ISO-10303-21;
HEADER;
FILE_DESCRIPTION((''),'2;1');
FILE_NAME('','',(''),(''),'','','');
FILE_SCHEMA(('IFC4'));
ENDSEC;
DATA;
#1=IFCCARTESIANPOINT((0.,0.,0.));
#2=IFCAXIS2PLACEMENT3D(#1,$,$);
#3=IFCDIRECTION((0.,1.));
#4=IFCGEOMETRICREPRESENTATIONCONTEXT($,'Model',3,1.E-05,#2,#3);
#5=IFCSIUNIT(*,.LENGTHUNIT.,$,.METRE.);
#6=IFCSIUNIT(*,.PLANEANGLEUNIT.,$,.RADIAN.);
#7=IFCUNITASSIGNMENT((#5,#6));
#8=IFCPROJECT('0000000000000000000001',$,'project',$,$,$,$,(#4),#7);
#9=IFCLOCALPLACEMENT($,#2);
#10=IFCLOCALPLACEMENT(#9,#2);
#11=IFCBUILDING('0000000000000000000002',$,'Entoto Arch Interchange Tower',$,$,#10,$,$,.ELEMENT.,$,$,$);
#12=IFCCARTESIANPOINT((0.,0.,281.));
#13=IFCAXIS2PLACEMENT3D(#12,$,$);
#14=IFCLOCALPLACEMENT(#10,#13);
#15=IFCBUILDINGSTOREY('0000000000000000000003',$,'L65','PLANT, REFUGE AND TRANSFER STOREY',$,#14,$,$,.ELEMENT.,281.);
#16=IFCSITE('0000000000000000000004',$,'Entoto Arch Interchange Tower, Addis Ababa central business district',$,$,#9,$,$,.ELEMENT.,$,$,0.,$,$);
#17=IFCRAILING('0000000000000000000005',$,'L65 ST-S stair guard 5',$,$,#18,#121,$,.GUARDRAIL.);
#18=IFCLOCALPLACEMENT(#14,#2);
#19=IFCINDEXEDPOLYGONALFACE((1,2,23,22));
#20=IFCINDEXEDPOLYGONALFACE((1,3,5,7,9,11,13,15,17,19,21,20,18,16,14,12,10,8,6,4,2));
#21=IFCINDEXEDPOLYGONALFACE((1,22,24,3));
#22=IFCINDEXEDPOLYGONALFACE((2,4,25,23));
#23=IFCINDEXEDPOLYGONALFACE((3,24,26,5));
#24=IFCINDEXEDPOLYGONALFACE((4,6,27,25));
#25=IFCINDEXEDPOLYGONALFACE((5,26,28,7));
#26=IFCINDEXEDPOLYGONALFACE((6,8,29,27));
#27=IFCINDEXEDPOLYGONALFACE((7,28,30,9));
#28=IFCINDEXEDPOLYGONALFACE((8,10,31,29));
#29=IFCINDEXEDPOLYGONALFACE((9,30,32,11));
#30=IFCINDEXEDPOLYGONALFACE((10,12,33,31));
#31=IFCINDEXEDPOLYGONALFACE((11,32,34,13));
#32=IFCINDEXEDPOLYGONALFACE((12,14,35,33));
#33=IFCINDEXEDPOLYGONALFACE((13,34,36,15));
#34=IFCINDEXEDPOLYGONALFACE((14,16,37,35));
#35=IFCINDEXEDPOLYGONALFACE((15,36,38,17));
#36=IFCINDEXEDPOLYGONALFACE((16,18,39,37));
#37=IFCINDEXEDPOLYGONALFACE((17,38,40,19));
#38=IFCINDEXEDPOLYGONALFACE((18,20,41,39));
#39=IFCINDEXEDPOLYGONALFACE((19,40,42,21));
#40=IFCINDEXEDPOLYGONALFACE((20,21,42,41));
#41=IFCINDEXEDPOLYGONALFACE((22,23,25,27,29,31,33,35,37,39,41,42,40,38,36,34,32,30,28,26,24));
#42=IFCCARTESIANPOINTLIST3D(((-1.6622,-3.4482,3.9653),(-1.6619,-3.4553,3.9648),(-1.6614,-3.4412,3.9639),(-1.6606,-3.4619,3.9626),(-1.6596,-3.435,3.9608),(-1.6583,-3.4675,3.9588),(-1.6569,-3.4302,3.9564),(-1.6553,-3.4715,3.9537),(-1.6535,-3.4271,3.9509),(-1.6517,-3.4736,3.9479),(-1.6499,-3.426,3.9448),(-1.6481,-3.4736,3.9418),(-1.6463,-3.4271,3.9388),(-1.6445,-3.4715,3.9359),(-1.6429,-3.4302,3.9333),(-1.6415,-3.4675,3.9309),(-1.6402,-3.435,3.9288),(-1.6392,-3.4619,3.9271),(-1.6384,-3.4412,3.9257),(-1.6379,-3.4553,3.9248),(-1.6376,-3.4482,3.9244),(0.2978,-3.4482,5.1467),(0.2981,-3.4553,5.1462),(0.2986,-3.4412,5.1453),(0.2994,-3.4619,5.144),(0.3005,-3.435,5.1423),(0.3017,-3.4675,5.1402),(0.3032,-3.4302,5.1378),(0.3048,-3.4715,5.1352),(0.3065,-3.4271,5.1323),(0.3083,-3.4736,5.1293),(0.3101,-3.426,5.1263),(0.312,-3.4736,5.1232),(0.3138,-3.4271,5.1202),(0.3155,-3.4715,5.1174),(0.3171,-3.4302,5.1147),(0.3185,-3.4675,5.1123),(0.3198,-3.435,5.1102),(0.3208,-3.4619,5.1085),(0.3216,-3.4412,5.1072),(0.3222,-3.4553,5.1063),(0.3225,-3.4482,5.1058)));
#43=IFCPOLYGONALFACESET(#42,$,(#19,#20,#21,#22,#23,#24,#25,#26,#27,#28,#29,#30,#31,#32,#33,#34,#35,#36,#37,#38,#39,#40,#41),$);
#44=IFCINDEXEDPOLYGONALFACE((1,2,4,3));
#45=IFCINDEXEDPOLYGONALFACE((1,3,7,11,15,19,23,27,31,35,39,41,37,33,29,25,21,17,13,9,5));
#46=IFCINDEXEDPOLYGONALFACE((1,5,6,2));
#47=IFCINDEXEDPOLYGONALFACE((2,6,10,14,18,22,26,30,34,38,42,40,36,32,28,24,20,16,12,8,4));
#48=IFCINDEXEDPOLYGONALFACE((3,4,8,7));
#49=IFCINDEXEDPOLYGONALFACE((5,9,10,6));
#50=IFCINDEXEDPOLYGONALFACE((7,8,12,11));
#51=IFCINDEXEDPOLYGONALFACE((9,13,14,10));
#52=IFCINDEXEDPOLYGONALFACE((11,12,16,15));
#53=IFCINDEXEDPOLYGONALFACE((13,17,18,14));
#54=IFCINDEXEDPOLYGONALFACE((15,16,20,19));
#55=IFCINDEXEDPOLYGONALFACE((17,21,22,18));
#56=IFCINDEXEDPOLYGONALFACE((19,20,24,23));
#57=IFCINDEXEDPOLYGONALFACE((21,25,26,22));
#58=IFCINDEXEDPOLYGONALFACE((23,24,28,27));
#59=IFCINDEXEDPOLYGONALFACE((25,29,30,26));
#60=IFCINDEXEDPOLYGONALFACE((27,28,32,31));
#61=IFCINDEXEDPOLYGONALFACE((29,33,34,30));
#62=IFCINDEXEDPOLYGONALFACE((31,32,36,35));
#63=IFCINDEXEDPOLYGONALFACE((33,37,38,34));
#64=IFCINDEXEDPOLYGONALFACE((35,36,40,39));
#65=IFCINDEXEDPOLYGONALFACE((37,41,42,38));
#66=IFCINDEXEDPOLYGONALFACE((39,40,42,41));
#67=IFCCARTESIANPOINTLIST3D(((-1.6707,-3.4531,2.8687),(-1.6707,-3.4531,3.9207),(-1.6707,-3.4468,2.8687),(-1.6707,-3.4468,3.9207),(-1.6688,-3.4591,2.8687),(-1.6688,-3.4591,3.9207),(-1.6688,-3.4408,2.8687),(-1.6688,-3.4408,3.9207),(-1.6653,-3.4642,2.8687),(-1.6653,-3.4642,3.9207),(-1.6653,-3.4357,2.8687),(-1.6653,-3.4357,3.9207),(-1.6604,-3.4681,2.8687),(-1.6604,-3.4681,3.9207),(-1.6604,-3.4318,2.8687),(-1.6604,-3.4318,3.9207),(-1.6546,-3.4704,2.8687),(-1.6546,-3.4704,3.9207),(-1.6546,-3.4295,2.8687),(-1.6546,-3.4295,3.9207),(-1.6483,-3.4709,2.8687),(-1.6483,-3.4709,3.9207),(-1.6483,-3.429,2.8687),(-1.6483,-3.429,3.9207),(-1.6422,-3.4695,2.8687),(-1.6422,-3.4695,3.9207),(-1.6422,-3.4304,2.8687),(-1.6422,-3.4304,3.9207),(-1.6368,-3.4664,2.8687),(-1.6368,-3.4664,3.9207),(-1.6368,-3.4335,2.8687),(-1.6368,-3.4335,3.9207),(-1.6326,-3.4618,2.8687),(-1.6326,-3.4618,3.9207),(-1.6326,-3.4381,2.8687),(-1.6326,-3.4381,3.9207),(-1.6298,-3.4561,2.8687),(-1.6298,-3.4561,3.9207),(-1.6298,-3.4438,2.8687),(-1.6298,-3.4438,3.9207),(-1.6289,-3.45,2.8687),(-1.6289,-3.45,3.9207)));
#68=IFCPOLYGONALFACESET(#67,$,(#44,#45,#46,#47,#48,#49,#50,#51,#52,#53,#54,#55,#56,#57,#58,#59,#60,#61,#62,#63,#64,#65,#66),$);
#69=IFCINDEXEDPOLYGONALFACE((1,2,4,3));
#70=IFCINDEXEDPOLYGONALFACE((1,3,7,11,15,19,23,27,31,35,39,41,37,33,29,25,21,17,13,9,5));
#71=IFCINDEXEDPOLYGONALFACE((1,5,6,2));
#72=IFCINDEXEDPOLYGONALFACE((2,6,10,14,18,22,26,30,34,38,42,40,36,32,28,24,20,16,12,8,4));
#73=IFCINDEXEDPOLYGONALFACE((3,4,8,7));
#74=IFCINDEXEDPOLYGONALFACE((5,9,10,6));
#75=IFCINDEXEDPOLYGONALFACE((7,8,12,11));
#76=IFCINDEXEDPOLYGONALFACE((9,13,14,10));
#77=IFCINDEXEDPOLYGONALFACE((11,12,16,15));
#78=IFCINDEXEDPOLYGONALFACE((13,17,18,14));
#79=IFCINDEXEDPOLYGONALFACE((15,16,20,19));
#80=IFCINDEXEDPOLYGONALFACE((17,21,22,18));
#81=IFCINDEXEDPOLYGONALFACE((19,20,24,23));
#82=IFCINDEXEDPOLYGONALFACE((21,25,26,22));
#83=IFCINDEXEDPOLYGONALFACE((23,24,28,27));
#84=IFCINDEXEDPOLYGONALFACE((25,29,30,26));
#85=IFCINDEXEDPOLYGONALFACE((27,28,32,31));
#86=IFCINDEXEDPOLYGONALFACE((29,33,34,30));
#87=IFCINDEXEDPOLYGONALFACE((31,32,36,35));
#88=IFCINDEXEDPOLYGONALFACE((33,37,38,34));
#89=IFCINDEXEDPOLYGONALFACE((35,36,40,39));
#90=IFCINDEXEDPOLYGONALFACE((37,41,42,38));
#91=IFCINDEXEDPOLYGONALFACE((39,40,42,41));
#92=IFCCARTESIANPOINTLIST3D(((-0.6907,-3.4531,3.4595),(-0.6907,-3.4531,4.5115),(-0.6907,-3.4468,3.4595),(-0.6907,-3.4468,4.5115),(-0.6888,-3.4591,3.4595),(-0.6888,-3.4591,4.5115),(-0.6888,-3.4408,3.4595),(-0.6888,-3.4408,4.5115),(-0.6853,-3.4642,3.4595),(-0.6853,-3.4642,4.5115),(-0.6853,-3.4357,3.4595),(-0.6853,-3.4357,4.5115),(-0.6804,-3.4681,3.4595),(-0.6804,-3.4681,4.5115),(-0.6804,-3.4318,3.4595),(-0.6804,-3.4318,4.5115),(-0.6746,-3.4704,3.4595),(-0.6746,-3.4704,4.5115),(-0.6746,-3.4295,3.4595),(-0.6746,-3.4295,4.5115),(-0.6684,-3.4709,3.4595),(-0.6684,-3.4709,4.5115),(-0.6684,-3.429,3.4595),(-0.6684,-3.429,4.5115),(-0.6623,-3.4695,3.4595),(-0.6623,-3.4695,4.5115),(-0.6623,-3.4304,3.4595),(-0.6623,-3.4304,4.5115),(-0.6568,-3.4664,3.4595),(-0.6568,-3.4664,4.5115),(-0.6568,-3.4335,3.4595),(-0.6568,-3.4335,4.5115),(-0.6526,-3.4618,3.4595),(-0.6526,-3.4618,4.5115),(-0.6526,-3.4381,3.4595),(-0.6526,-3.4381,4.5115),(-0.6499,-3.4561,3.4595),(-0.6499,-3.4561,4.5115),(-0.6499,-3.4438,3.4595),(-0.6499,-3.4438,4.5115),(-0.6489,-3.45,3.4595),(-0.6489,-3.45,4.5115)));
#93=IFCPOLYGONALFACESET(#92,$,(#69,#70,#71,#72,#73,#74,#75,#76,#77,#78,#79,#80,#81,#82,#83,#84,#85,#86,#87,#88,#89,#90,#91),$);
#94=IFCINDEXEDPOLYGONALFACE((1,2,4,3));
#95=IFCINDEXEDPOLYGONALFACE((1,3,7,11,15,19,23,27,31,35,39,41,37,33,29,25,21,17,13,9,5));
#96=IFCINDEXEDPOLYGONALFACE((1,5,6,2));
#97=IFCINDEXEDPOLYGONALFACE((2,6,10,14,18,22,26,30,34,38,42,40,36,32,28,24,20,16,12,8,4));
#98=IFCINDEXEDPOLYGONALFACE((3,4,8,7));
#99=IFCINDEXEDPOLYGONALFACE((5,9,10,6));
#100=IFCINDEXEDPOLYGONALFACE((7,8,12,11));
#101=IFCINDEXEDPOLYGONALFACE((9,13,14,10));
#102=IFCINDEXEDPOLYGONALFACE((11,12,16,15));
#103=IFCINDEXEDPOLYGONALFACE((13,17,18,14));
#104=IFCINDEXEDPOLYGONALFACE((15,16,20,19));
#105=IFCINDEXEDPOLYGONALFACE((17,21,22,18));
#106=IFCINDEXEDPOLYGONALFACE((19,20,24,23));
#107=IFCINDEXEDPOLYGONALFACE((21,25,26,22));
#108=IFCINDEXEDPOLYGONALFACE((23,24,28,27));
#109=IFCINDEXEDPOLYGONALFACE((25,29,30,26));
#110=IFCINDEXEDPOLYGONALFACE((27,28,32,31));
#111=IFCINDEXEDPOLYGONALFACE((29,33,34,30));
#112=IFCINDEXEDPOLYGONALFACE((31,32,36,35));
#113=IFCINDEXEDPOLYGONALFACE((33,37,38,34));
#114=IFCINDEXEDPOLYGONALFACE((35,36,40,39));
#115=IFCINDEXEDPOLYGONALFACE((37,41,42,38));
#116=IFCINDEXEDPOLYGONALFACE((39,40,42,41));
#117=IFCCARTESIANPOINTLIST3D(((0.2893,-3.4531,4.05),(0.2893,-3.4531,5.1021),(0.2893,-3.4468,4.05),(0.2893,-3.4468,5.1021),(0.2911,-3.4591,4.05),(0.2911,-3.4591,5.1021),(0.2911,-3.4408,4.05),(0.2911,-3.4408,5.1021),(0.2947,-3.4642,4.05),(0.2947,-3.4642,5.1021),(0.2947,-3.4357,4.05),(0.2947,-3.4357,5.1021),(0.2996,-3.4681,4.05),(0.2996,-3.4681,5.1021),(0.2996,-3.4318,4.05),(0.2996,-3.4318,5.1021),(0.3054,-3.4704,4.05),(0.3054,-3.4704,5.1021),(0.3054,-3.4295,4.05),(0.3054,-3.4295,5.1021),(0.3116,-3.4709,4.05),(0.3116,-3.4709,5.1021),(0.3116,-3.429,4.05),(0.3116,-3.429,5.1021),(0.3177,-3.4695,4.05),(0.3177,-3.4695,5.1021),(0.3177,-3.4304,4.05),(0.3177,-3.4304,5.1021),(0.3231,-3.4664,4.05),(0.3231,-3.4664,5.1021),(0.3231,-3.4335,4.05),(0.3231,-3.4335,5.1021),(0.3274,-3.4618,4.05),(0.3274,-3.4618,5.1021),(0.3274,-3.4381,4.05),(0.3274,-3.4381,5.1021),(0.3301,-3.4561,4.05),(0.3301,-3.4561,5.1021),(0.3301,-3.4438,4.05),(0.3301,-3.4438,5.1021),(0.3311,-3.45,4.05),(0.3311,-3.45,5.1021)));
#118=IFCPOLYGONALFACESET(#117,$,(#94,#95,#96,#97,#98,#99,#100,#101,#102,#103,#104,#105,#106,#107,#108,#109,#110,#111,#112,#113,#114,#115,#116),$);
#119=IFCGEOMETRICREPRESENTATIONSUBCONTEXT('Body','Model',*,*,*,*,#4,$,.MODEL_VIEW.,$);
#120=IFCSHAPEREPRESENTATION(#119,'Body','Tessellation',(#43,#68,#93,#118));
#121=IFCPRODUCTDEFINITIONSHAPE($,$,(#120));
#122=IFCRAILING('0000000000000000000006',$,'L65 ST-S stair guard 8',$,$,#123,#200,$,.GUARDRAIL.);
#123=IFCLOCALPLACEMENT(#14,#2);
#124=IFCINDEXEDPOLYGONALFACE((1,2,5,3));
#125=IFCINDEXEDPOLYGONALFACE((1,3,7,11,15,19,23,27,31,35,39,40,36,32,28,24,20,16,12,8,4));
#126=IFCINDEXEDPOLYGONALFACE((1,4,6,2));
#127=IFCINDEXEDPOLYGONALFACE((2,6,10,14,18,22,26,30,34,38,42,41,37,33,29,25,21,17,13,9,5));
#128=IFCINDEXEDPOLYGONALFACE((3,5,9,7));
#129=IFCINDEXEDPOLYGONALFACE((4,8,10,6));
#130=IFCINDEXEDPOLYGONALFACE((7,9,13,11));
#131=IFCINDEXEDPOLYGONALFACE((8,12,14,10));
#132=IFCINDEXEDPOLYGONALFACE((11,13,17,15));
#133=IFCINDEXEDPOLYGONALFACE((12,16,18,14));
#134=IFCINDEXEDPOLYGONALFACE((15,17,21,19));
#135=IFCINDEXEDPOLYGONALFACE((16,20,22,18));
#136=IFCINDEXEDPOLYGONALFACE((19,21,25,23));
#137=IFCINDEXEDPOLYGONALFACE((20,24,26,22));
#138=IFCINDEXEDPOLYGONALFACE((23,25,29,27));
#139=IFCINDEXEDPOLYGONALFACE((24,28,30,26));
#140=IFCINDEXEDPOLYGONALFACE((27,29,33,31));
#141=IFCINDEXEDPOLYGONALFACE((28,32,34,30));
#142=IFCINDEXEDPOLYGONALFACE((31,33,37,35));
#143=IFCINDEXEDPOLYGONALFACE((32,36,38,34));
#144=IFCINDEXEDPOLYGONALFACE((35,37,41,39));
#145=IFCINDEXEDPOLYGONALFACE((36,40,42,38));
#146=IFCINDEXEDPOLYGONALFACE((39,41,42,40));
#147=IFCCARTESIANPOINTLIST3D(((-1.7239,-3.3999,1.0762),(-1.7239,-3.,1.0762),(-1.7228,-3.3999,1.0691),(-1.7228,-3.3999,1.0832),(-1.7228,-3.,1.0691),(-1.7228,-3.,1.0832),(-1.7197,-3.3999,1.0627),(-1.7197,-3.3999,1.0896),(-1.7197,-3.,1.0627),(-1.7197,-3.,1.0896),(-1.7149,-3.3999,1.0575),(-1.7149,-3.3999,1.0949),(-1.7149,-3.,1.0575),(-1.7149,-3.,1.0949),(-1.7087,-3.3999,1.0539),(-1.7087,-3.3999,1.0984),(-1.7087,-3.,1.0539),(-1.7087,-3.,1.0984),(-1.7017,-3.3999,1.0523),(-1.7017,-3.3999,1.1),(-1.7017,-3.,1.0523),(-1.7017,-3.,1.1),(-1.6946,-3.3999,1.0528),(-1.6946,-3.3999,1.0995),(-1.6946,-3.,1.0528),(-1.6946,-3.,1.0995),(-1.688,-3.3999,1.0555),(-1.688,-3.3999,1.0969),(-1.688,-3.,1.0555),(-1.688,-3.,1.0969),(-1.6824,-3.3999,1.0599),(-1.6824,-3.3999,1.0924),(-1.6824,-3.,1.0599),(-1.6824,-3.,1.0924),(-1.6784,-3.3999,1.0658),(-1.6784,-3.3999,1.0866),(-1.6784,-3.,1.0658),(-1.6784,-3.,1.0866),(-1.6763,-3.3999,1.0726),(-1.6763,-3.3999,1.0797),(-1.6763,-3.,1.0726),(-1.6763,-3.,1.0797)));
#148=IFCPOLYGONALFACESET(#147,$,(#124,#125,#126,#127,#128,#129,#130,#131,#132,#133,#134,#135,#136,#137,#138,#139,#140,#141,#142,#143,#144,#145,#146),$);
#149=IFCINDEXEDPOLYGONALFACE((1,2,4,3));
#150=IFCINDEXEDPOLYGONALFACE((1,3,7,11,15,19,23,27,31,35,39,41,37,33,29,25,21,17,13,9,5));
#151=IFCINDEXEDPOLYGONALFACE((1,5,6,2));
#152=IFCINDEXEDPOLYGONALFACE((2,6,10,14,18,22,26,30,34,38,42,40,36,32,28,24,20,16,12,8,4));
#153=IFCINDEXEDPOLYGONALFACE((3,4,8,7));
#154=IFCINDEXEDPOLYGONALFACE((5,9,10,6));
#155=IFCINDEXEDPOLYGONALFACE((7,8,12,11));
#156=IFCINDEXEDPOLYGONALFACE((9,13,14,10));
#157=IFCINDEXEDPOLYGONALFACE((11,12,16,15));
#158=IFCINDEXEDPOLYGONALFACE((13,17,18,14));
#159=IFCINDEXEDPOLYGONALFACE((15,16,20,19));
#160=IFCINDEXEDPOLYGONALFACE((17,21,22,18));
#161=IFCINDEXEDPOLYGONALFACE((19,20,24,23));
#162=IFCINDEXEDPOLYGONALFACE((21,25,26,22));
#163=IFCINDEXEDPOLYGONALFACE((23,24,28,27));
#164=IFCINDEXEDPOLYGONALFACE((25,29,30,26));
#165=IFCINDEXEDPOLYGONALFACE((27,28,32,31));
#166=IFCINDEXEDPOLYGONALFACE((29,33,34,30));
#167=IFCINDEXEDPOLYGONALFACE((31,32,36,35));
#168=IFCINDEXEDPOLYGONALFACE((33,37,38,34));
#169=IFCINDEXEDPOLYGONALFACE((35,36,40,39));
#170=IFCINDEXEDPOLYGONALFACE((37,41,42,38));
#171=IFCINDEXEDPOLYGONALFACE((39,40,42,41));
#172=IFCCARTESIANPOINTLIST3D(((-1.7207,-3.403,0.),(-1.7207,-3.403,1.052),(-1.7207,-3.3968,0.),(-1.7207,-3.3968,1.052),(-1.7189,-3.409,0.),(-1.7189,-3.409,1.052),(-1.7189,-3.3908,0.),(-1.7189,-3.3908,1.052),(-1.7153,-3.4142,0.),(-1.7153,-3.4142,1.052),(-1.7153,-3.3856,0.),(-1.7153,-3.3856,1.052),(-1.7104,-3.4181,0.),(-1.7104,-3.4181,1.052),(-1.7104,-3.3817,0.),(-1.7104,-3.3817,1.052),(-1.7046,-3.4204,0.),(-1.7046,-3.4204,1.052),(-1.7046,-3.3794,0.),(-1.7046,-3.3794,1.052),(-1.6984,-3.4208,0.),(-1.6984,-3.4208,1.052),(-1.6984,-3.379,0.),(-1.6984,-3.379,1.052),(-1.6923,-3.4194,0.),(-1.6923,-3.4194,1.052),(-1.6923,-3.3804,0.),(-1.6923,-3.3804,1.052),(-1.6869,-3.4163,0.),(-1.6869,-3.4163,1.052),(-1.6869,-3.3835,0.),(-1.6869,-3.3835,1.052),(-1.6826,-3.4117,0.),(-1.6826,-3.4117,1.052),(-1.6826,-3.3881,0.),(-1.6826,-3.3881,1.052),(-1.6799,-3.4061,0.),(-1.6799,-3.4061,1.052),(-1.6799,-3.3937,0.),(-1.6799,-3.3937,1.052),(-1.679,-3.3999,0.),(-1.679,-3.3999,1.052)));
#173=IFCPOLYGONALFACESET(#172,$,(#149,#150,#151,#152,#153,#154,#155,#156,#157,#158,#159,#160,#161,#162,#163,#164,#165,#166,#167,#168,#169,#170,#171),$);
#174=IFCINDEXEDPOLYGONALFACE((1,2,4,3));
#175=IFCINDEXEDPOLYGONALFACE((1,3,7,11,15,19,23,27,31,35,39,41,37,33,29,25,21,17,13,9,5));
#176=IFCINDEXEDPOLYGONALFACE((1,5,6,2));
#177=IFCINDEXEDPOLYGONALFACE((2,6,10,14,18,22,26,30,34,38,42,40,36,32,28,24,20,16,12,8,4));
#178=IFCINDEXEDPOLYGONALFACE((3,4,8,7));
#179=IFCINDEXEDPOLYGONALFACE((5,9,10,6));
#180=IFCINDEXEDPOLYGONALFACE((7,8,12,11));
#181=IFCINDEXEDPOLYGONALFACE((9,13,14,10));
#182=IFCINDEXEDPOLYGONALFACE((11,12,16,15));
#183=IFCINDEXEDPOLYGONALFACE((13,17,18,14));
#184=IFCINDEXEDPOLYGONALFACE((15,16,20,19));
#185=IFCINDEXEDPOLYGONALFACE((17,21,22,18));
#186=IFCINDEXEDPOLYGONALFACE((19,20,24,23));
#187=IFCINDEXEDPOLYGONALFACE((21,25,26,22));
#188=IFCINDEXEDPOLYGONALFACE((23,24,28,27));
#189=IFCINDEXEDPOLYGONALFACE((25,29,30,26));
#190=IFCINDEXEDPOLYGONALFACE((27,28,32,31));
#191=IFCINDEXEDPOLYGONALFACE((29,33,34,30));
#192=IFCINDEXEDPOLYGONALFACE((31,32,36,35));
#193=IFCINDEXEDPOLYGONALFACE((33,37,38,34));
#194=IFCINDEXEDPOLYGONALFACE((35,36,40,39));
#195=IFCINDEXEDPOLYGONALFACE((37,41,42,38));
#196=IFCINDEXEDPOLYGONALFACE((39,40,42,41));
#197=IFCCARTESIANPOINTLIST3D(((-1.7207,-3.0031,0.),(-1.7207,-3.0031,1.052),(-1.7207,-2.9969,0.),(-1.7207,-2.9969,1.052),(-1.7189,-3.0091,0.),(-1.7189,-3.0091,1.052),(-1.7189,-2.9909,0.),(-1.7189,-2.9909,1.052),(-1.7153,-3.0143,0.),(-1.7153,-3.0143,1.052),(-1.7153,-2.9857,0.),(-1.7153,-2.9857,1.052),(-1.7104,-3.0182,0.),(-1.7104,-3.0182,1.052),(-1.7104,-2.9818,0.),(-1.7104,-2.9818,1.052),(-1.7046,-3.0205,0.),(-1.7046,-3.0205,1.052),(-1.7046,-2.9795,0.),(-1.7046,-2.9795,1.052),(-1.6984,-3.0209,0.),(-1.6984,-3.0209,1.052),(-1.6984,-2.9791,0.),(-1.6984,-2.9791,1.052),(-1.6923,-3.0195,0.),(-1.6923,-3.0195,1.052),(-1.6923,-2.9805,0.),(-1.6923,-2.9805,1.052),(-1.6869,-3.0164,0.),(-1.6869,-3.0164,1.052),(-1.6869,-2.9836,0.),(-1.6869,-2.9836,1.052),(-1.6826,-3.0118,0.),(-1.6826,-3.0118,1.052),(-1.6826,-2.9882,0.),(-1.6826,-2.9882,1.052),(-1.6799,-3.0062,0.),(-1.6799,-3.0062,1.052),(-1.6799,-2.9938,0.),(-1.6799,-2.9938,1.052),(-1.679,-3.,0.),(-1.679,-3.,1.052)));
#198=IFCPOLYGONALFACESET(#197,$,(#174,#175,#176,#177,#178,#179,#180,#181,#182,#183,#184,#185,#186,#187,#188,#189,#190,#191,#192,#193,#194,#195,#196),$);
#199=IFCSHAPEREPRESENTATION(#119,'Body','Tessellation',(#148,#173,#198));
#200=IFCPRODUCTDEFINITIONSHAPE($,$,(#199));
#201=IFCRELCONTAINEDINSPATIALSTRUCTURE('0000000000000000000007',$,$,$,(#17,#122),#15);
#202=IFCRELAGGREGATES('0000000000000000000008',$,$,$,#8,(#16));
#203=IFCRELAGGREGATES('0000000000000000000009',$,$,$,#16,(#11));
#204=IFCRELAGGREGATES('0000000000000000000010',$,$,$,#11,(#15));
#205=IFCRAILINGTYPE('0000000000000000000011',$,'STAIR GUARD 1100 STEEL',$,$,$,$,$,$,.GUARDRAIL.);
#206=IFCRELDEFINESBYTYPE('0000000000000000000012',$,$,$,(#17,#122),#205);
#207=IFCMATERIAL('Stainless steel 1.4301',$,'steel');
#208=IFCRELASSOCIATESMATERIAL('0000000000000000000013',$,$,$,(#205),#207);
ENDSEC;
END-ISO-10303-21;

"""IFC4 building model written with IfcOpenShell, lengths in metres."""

from ifc_helpers import new_model, si_unit, direction, frame, origin, origin_2d, place, context, subcontext, project, spatial, circle, extrude, material, type_object, element, save


model = new_model("IFC4")

# Units and contexts
model_context = context("Model", 3, precision=1e-05, world=origin(), true_north=direction((0.0, 1.0)))
body_context = subcontext(model_context, "Body", "Model", "MODEL_VIEW")
ifc_project = project(units=[si_unit("LENGTHUNIT", "METRE"), si_unit("PLANEANGLEUNIT", "RADIAN")], contexts=[model_context])

# Site, building, storey
site_placement = place(None, origin())
site = spatial("IfcSite", under=ifc_project, at=site_placement, Name="Entoto Arch Interchange Tower, Addis Ababa central business district", CompositionType="ELEMENT", RefElevation=0.0)
building_placement = place(site_placement, origin())
building = spatial("IfcBuilding", under=site, at=building_placement, Name="Entoto Arch Interchange Tower", CompositionType="ELEMENT")
storey_placement = place(building_placement, frame((0.0, 0.0, 281.0)))
storey = spatial("IfcBuildingStorey", under=building, at=storey_placement, Name="L65", Description="PLANT, REFUGE AND TRANSFER STOREY", CompositionType="ELEMENT", Elevation=281.0)

# Railings
ifc_material_1 = material(Name="Stainless steel 1.4301", Category="steel")
railing_type_1 = type_object("IfcRailingType", Name="STAIR GUARD 1100 STEEL", PredefinedType="GUARDRAIL", material=ifc_material_1)
railing_1_placement = place(storey_placement, frame((-1.6499, -3.45, 2.8687)))
element("IfcRailing", 1, at=railing_1_placement, inside=storey, type_object=railing_type_1, Name="L65 ST-S stair guard 5", PredefinedType="GUARDRAIL", context=body_context, shape_type="SweptSolid", body=[
    extrude(circle(Radius=0.0239, at=origin_2d()), frame((0.0, 0.0, 1.0762), z_axis=(0.856446, 0.0, 0.516236), x_axis=(0.0, 1.0, 0.0)), (0.0, 0.0, 1.0), 2.2886),
    extrude(circle(Radius=0.021, at=origin_2d()), origin(), (0.0, 0.0, 1.0), 1.052),
    extrude(circle(Radius=0.021, at=origin_2d()), frame((0.98, 0.0, 0.5908)), (0.0, 0.0, 1.0), 1.052),
    extrude(circle(Radius=0.021, at=origin_2d()), frame((1.96, 0.0, 1.1814)), (0.0, 0.0, 1.0), 1.052),
])
railing_2_placement = place(storey_placement, frame((-1.7, -3.3999, 0.0)))
element("IfcRailing", 2, at=railing_2_placement, inside=storey, type_object=railing_type_1, Name="L65 ST-S stair guard 8", PredefinedType="GUARDRAIL", context=body_context, shape_type="SweptSolid", body=[
    extrude(circle(Radius=0.0239, at=origin_2d()), frame((0.0, 0.0, 1.0762), z_axis=(0.0, 1.0, 0.0), x_axis=(-1.0, 0.0, 0.0)), (0.0, 0.0, 1.0), 0.3999),
    extrude(circle(Radius=0.021, at=origin_2d()), origin(), (0.0, 0.0, 1.0), 1.052),
    extrude(circle(Radius=0.021, at=origin_2d()), frame((0.0, 0.3999, 0.0)), (0.0, 0.0, 1.0), 1.052),
])

save(model, "model.ifc")
